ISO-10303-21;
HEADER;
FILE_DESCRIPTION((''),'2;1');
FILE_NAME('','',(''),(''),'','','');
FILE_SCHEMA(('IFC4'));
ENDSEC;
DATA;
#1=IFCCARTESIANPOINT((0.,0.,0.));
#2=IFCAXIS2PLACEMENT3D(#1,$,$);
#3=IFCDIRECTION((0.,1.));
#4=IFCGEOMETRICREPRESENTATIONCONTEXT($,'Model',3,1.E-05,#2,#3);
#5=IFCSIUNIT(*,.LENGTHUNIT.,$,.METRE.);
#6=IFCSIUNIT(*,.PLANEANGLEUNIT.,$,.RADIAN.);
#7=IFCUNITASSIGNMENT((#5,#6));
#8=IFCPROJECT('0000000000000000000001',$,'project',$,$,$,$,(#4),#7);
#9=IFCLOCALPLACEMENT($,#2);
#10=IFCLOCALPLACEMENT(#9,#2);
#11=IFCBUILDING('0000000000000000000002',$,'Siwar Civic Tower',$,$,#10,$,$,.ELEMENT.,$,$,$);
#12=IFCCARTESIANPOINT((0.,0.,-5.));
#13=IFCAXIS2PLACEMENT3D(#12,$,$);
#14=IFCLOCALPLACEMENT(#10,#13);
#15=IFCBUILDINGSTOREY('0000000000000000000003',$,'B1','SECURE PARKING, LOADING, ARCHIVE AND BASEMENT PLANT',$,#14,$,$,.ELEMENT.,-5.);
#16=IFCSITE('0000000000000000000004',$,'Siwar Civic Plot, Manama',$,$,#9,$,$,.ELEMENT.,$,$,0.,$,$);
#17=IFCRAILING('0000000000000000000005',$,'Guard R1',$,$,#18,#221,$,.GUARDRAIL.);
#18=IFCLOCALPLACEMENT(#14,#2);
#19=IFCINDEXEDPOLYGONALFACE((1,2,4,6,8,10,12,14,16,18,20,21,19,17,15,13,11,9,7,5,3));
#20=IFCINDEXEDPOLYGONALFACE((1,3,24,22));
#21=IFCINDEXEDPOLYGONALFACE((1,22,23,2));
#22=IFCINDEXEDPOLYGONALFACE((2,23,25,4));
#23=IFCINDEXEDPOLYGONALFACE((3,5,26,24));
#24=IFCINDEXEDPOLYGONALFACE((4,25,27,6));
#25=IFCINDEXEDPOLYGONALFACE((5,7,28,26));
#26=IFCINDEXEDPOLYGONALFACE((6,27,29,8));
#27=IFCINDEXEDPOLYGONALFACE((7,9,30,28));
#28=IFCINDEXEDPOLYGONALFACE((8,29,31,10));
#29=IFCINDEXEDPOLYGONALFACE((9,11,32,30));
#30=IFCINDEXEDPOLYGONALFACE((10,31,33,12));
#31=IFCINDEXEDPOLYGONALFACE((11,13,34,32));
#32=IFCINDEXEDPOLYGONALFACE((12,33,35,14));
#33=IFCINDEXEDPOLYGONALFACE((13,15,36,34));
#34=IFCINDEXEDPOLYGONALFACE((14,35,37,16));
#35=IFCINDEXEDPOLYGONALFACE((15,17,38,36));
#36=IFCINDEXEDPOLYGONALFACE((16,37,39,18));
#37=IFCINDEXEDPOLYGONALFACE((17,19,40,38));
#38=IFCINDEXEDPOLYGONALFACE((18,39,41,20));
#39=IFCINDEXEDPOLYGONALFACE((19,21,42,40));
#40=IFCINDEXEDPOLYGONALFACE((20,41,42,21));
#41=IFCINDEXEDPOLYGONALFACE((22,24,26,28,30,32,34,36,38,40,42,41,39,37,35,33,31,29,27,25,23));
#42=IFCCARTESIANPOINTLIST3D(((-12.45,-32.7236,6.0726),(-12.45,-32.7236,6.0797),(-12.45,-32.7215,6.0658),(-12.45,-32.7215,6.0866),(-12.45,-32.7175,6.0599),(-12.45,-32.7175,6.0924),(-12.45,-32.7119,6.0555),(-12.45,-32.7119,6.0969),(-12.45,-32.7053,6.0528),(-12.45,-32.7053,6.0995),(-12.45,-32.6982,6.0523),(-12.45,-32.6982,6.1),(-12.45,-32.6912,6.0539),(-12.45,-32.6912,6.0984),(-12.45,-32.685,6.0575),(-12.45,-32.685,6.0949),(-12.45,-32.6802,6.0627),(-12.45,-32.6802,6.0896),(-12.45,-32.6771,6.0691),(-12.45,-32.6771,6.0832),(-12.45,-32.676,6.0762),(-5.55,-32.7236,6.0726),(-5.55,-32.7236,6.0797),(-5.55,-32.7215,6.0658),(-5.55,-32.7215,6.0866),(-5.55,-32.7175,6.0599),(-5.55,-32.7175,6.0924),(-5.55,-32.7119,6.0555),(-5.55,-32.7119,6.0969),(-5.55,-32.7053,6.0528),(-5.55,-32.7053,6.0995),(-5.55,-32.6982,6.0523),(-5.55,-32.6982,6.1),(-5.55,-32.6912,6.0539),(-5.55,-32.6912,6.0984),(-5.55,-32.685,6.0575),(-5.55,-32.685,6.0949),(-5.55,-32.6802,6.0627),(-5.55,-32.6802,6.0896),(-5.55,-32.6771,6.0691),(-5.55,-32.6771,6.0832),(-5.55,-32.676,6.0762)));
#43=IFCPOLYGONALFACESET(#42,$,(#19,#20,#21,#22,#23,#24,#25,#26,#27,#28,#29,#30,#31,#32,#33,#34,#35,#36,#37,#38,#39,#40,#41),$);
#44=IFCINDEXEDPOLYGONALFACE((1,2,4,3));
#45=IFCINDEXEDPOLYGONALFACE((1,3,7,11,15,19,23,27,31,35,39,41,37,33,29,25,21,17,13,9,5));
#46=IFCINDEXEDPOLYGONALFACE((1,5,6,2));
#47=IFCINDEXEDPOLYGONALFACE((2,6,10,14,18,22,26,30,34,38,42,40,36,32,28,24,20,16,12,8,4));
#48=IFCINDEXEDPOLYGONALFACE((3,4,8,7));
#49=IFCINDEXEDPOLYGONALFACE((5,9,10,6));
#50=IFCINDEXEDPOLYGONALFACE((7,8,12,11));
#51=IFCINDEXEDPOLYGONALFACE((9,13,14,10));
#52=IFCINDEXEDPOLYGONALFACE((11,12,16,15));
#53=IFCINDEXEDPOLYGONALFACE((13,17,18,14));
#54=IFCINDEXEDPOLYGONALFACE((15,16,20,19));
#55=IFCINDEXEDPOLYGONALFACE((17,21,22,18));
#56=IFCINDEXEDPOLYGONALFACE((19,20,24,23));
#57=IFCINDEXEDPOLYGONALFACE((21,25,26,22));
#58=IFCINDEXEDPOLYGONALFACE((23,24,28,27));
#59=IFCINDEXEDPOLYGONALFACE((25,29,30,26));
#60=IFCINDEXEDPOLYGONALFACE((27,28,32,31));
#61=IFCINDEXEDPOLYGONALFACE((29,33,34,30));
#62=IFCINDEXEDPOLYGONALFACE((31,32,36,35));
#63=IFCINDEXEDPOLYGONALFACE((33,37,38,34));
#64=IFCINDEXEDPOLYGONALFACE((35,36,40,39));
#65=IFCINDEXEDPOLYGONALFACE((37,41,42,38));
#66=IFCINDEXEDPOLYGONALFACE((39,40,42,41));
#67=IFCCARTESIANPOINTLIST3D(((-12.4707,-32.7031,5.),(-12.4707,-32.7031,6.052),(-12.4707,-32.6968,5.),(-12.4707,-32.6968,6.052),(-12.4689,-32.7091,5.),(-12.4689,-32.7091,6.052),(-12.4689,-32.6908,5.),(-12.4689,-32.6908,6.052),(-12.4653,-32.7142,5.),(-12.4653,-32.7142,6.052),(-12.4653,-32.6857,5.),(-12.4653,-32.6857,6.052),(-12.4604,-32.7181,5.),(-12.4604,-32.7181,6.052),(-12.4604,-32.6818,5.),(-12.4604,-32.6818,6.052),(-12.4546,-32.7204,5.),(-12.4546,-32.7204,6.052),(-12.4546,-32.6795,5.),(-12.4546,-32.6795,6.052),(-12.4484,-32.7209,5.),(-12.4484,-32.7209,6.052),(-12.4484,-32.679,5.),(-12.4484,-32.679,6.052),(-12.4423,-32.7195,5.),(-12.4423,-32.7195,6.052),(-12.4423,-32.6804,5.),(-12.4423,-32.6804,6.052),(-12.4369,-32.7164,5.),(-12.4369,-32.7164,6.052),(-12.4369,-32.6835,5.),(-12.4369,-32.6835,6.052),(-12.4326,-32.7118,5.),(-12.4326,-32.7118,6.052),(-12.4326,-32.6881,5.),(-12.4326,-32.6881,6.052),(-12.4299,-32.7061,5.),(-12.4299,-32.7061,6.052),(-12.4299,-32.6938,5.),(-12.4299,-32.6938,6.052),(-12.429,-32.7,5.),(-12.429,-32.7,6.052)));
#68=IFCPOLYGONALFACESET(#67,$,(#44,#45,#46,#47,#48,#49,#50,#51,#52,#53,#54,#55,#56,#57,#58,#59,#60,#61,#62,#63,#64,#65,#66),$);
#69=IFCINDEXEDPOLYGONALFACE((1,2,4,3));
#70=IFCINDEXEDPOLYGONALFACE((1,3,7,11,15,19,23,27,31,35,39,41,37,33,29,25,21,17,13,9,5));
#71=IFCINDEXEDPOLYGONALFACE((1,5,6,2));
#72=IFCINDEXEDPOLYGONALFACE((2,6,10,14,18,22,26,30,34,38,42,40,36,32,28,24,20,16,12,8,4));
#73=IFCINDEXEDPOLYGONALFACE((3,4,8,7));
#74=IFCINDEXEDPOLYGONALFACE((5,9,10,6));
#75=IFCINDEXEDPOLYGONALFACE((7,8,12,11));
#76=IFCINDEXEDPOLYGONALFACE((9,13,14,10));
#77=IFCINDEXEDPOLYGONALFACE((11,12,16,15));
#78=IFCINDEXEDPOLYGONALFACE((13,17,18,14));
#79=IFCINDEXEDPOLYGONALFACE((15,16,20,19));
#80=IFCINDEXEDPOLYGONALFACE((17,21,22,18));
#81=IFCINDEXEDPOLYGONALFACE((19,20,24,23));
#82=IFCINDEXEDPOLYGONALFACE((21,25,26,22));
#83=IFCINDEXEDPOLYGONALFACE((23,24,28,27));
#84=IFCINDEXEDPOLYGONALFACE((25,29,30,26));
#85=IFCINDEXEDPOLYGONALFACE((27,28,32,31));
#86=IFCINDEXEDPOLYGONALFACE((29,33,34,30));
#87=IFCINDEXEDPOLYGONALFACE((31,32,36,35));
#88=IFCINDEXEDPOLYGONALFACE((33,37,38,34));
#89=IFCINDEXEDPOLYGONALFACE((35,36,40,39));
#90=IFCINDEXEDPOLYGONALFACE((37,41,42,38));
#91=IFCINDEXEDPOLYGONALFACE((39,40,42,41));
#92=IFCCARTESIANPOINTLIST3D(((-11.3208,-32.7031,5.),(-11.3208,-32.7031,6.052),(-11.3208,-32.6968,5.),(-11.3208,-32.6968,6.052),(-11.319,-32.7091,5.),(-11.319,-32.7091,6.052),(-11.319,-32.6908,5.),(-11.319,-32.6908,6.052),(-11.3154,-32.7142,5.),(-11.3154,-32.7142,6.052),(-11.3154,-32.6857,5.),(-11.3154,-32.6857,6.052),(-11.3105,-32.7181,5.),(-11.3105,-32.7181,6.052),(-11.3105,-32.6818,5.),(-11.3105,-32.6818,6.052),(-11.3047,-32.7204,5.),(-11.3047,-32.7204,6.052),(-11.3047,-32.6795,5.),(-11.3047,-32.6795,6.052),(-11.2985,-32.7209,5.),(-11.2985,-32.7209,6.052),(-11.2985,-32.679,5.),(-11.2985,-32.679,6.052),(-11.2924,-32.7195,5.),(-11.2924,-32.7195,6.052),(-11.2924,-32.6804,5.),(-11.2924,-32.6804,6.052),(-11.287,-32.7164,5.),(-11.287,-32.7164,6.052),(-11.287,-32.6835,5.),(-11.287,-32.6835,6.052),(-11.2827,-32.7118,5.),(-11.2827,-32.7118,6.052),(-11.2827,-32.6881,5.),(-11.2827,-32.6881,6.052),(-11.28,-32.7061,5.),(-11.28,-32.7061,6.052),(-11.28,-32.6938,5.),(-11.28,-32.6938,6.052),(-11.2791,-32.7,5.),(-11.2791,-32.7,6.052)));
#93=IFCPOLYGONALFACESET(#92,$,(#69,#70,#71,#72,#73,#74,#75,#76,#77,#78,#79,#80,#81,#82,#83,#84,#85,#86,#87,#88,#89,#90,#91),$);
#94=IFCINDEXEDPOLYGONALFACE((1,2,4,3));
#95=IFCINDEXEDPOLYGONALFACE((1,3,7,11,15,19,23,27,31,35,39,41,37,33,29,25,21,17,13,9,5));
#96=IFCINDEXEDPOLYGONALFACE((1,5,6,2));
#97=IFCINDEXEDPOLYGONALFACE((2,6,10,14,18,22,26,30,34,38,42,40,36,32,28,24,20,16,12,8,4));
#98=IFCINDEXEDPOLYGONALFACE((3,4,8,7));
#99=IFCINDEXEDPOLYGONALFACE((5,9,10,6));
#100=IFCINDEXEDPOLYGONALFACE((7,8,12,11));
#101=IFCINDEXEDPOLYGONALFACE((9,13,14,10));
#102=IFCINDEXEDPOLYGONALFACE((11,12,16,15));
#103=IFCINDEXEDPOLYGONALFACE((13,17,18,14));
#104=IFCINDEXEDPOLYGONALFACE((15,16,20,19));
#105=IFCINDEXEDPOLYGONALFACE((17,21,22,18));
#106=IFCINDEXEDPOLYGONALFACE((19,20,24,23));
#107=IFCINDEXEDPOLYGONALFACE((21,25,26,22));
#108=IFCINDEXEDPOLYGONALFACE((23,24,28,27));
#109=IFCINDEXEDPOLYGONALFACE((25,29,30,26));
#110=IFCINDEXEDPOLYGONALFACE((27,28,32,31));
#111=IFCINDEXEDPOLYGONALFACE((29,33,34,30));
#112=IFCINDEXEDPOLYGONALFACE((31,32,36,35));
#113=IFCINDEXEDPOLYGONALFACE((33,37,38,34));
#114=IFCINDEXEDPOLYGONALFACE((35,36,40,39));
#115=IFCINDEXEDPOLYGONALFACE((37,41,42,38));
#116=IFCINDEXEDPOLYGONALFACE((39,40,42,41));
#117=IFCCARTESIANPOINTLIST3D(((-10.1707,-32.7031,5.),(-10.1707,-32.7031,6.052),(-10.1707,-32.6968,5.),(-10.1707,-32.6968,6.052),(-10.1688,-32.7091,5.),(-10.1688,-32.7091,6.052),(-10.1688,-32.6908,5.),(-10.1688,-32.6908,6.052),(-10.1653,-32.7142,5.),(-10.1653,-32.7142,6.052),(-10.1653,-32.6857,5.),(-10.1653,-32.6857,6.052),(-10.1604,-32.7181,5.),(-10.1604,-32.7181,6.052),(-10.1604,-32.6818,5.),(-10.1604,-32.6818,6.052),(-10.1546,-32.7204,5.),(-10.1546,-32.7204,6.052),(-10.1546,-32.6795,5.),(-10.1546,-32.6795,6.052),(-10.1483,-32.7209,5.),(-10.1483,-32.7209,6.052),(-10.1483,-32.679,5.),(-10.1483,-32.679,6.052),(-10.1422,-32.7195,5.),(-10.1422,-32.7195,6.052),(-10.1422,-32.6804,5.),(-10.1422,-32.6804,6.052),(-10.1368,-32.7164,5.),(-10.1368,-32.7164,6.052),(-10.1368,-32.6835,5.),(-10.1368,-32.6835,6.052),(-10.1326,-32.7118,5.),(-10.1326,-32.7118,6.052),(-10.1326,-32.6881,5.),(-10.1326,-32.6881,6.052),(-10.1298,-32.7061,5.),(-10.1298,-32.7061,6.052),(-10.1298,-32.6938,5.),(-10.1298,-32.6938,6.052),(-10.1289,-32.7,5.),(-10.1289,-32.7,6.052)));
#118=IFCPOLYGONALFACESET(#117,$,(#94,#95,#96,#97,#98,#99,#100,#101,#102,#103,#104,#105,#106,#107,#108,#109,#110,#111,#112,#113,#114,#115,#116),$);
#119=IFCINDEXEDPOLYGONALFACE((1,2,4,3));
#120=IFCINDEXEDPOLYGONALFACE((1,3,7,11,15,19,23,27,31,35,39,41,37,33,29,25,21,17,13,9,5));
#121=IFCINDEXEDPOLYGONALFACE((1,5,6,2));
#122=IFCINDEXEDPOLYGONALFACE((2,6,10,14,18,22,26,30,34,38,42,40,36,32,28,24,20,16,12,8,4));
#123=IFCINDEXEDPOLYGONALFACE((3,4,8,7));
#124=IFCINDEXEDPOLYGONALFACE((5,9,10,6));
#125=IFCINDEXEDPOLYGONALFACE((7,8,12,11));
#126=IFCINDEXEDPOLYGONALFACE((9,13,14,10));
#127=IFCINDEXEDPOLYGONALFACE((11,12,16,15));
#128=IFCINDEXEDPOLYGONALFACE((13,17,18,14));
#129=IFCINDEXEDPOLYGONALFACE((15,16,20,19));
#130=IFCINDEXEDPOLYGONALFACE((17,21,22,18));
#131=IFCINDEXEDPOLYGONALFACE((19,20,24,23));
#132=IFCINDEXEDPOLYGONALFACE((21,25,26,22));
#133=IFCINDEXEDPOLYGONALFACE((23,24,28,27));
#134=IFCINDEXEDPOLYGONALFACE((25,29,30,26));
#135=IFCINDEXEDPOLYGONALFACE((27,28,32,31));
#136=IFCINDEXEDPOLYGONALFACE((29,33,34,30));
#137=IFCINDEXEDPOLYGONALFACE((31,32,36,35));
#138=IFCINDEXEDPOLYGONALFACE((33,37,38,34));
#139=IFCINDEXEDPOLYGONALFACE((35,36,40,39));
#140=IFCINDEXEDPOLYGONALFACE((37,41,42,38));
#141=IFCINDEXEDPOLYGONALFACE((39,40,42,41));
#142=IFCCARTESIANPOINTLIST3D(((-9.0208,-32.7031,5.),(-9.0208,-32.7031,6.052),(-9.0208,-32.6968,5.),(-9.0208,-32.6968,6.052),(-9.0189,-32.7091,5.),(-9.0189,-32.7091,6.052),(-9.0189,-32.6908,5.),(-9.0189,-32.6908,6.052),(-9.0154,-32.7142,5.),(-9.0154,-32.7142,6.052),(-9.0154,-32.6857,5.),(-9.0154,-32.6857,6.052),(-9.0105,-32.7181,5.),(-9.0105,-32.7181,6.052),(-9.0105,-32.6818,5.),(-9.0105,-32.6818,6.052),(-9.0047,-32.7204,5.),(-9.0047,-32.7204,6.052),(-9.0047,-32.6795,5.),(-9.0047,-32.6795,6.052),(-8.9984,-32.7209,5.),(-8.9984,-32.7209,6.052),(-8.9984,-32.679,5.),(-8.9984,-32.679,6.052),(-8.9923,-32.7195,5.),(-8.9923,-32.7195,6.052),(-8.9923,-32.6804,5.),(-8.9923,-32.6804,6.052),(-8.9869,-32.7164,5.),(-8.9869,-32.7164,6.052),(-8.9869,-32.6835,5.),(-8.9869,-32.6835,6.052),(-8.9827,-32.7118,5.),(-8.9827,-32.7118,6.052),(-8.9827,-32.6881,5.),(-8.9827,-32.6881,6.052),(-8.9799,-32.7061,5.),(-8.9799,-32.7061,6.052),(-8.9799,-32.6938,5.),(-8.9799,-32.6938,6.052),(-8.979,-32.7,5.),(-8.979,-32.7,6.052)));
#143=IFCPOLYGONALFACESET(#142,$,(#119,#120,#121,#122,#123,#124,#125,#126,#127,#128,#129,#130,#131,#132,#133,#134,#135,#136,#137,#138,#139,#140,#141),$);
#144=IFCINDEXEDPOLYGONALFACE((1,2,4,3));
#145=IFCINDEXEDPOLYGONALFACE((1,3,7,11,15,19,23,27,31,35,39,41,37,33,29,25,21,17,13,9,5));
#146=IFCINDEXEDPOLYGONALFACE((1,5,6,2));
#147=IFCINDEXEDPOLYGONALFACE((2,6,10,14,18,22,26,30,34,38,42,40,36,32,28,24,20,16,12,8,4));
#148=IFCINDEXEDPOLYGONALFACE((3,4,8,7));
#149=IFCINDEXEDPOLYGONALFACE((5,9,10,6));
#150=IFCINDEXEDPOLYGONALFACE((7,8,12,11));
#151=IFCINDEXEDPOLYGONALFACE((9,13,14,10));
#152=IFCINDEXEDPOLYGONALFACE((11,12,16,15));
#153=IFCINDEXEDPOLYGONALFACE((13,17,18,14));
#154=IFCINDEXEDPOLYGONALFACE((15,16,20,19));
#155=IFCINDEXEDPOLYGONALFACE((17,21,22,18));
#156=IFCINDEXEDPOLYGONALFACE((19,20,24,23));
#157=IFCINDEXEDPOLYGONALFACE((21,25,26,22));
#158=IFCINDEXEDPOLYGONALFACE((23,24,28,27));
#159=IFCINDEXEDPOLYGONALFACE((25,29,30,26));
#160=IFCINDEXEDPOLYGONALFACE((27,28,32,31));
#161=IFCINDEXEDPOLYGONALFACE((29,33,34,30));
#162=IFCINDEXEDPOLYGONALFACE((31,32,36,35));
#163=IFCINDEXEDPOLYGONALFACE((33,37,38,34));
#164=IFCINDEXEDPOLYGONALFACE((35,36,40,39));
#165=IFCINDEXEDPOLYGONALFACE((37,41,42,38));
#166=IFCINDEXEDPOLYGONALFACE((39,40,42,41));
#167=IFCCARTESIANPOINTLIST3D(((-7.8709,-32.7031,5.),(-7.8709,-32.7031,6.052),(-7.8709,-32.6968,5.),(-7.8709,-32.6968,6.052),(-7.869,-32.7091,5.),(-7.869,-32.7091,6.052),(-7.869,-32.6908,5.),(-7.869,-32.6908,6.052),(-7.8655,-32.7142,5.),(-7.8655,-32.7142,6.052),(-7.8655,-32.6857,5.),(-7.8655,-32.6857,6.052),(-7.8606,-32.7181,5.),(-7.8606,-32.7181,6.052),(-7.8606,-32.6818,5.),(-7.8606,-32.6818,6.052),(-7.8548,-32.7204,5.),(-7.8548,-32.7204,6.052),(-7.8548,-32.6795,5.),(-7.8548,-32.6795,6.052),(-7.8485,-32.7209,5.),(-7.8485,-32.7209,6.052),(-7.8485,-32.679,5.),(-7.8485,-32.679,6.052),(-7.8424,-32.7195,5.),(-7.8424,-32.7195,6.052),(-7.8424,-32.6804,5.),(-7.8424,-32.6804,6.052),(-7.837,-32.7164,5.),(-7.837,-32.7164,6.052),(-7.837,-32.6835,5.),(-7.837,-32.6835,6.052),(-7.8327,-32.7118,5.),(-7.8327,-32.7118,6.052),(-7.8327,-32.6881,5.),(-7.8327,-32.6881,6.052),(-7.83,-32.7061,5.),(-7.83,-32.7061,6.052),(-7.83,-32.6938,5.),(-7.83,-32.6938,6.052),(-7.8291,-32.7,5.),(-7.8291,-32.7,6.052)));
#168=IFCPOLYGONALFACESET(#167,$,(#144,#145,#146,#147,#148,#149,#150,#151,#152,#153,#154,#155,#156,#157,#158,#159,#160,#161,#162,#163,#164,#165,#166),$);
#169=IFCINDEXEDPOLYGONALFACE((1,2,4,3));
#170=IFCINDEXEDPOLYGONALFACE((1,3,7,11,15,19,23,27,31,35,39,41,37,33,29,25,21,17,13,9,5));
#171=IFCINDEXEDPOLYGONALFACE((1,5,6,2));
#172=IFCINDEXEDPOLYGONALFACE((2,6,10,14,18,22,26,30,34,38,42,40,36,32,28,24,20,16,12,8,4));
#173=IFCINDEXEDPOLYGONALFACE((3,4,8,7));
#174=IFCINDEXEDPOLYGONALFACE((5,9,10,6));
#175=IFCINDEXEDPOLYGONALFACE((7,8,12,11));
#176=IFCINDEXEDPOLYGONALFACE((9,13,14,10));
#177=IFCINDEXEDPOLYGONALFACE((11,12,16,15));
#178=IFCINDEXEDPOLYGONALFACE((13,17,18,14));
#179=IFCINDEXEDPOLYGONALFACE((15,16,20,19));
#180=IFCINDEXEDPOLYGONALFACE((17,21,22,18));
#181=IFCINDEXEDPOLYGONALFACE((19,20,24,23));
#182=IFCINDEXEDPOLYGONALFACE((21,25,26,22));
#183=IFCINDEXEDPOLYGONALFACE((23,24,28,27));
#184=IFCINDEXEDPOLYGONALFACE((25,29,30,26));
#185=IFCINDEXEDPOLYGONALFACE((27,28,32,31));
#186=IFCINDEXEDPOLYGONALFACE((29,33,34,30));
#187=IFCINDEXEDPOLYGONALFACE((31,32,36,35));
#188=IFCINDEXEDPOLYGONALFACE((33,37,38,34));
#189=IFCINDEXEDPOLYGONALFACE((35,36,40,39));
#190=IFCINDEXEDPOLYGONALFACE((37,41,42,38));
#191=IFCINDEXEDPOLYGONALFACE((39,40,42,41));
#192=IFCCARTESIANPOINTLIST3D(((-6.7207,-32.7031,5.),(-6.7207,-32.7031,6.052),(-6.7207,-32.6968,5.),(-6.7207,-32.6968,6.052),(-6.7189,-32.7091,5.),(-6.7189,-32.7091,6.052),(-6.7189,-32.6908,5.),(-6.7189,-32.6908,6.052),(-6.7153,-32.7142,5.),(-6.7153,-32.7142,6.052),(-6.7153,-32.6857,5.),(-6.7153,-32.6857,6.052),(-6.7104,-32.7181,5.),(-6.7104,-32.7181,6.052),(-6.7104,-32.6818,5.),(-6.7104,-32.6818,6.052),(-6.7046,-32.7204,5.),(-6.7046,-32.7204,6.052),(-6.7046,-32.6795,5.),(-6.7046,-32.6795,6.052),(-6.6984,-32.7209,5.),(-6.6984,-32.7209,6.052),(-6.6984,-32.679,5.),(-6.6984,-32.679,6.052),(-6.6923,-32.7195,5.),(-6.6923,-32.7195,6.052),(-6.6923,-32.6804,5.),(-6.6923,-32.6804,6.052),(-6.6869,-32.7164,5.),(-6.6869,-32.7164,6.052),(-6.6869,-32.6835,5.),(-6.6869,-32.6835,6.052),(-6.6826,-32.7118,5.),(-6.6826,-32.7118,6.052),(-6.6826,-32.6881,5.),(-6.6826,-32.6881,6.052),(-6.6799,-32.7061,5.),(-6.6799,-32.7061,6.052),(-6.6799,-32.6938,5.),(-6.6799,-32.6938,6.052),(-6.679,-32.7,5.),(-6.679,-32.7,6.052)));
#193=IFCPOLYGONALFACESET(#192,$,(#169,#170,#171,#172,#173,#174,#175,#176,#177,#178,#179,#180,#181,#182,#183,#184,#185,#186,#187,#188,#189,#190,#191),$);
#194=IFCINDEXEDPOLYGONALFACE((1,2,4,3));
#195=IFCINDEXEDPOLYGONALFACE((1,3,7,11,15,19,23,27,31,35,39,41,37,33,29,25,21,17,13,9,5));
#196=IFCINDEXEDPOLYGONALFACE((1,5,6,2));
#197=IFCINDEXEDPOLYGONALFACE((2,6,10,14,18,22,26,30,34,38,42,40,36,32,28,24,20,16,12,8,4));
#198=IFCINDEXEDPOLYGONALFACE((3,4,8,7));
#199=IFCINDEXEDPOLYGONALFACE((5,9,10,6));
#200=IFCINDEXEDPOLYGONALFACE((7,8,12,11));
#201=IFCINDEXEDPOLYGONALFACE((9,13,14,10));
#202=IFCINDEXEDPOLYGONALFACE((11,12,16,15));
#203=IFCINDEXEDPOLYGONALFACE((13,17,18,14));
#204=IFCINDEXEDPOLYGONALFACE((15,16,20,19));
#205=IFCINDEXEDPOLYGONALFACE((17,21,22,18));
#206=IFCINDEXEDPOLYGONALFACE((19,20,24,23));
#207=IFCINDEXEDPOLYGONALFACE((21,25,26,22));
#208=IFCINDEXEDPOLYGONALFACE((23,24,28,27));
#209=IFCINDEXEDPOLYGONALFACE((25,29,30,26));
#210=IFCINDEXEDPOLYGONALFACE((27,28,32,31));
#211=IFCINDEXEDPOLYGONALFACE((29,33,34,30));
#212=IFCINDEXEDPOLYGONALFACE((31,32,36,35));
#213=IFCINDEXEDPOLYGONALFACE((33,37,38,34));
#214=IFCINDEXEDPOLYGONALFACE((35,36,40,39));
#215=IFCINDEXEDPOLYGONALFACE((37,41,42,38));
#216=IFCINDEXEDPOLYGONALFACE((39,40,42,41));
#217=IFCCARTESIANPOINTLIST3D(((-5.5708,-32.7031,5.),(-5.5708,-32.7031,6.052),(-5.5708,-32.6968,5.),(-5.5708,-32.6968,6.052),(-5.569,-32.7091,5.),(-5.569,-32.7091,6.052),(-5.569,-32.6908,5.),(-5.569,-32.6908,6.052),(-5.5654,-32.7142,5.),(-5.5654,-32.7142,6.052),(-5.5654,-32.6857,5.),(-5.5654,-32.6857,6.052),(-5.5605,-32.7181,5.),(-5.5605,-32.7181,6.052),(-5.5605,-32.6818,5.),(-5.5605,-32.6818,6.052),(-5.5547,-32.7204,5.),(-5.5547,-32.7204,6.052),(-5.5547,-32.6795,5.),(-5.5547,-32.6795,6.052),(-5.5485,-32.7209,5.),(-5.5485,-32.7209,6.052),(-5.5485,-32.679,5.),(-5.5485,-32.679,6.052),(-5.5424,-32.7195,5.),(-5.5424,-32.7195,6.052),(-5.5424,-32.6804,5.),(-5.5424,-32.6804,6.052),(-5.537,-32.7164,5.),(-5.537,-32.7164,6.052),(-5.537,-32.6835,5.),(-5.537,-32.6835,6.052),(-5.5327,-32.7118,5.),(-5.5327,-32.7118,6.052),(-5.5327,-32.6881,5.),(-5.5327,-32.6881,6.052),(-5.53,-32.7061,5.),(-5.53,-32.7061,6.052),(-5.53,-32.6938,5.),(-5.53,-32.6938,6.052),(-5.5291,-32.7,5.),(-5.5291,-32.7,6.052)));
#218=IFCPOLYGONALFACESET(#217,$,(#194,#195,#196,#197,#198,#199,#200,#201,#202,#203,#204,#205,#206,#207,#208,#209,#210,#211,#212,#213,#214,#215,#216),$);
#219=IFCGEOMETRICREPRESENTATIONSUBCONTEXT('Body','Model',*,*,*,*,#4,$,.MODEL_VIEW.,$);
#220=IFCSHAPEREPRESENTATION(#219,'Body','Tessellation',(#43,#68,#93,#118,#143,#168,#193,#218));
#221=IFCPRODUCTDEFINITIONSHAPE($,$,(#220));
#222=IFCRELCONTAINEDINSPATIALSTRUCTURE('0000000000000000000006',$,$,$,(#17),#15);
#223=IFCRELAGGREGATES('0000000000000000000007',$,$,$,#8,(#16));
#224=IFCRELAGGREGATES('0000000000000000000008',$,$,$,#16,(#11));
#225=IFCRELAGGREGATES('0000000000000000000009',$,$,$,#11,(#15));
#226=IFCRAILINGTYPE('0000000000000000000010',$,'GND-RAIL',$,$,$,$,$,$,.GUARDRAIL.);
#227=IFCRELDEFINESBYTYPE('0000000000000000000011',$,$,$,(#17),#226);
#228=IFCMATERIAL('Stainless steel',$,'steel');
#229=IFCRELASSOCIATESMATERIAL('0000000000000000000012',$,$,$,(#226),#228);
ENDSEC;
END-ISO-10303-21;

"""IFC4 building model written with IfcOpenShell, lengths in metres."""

from ifc_helpers import new_model, si_unit, direction, frame, origin, origin_2d, place, context, subcontext, project, spatial, circle, extrude, material, type_object, element, save


model = new_model("IFC4")

# Units and contexts
model_context = context("Model", 3, precision=1e-05, world=origin(), true_north=direction((0.0, 1.0)))
body_context = subcontext(model_context, "Body", "Model", "MODEL_VIEW")
ifc_project = project(units=[si_unit("LENGTHUNIT", "METRE"), si_unit("PLANEANGLEUNIT", "RADIAN")], contexts=[model_context])

# Site, building, storey
site_placement = place(None, origin())
site = spatial("IfcSite", under=ifc_project, at=site_placement, Name="Siwar Civic Plot, Manama", CompositionType="ELEMENT", RefElevation=0.0)
building_placement = place(site_placement, origin())
building = spatial("IfcBuilding", under=site, at=building_placement, Name="Siwar Civic Tower", CompositionType="ELEMENT")
storey_placement = place(building_placement, frame((0.0, 0.0, -5.0)))
storey = spatial("IfcBuildingStorey", under=building, at=storey_placement, Name="B1", Description="SECURE PARKING, LOADING, ARCHIVE AND BASEMENT PLANT", CompositionType="ELEMENT", Elevation=-5.0)

# Railing
ifc_material_1 = material(Name="Stainless steel", Category="steel")
railing_type = type_object("IfcRailingType", Name="GND-RAIL", PredefinedType="GUARDRAIL", material=ifc_material_1)
railing_1_placement = place(storey_placement, frame((-12.45, -32.7, 5.0)))
element("IfcRailing", 1, at=railing_1_placement, inside=storey, type_object=railing_type, Name="Guard R1", PredefinedType="GUARDRAIL", context=body_context, shape_type="SweptSolid", body=[
    extrude(circle(Radius=0.0239, at=origin_2d()), frame((0.0, 0.0, 1.0762), z_axis=(1.0, 0.0, 0.0), x_axis=(0.0, 1.0, 0.0)), (0.0, 0.0, 1.0), 6.8999),
    extrude(circle(Radius=0.021, at=origin_2d()), origin(), (0.0, 0.0, 1.0), 1.052),
    extrude(circle(Radius=0.021, at=origin_2d()), frame((1.1499, 0.0, 0.0)), (0.0, 0.0, 1.0), 1.052),
    extrude(circle(Radius=0.021, at=origin_2d()), frame((2.3, 0.0, 0.0)), (0.0, 0.0, 1.0), 1.052),
    extrude(circle(Radius=0.021, at=origin_2d()), frame((3.45, 0.0, 0.0)), (0.0, 0.0, 1.0), 1.052),
    extrude(circle(Radius=0.021, at=origin_2d()), frame((4.5999, 0.0, 0.0)), (0.0, 0.0, 1.0), 1.052),
    extrude(circle(Radius=0.021, at=origin_2d()), frame((5.75, 0.0, 0.0)), (0.0, 0.0, 1.0), 1.052),
    extrude(circle(Radius=0.021, at=origin_2d()), frame((6.8999, 0.0, 0.0)), (0.0, 0.0, 1.0), 1.052),
])

save(model, "model.ifc")
